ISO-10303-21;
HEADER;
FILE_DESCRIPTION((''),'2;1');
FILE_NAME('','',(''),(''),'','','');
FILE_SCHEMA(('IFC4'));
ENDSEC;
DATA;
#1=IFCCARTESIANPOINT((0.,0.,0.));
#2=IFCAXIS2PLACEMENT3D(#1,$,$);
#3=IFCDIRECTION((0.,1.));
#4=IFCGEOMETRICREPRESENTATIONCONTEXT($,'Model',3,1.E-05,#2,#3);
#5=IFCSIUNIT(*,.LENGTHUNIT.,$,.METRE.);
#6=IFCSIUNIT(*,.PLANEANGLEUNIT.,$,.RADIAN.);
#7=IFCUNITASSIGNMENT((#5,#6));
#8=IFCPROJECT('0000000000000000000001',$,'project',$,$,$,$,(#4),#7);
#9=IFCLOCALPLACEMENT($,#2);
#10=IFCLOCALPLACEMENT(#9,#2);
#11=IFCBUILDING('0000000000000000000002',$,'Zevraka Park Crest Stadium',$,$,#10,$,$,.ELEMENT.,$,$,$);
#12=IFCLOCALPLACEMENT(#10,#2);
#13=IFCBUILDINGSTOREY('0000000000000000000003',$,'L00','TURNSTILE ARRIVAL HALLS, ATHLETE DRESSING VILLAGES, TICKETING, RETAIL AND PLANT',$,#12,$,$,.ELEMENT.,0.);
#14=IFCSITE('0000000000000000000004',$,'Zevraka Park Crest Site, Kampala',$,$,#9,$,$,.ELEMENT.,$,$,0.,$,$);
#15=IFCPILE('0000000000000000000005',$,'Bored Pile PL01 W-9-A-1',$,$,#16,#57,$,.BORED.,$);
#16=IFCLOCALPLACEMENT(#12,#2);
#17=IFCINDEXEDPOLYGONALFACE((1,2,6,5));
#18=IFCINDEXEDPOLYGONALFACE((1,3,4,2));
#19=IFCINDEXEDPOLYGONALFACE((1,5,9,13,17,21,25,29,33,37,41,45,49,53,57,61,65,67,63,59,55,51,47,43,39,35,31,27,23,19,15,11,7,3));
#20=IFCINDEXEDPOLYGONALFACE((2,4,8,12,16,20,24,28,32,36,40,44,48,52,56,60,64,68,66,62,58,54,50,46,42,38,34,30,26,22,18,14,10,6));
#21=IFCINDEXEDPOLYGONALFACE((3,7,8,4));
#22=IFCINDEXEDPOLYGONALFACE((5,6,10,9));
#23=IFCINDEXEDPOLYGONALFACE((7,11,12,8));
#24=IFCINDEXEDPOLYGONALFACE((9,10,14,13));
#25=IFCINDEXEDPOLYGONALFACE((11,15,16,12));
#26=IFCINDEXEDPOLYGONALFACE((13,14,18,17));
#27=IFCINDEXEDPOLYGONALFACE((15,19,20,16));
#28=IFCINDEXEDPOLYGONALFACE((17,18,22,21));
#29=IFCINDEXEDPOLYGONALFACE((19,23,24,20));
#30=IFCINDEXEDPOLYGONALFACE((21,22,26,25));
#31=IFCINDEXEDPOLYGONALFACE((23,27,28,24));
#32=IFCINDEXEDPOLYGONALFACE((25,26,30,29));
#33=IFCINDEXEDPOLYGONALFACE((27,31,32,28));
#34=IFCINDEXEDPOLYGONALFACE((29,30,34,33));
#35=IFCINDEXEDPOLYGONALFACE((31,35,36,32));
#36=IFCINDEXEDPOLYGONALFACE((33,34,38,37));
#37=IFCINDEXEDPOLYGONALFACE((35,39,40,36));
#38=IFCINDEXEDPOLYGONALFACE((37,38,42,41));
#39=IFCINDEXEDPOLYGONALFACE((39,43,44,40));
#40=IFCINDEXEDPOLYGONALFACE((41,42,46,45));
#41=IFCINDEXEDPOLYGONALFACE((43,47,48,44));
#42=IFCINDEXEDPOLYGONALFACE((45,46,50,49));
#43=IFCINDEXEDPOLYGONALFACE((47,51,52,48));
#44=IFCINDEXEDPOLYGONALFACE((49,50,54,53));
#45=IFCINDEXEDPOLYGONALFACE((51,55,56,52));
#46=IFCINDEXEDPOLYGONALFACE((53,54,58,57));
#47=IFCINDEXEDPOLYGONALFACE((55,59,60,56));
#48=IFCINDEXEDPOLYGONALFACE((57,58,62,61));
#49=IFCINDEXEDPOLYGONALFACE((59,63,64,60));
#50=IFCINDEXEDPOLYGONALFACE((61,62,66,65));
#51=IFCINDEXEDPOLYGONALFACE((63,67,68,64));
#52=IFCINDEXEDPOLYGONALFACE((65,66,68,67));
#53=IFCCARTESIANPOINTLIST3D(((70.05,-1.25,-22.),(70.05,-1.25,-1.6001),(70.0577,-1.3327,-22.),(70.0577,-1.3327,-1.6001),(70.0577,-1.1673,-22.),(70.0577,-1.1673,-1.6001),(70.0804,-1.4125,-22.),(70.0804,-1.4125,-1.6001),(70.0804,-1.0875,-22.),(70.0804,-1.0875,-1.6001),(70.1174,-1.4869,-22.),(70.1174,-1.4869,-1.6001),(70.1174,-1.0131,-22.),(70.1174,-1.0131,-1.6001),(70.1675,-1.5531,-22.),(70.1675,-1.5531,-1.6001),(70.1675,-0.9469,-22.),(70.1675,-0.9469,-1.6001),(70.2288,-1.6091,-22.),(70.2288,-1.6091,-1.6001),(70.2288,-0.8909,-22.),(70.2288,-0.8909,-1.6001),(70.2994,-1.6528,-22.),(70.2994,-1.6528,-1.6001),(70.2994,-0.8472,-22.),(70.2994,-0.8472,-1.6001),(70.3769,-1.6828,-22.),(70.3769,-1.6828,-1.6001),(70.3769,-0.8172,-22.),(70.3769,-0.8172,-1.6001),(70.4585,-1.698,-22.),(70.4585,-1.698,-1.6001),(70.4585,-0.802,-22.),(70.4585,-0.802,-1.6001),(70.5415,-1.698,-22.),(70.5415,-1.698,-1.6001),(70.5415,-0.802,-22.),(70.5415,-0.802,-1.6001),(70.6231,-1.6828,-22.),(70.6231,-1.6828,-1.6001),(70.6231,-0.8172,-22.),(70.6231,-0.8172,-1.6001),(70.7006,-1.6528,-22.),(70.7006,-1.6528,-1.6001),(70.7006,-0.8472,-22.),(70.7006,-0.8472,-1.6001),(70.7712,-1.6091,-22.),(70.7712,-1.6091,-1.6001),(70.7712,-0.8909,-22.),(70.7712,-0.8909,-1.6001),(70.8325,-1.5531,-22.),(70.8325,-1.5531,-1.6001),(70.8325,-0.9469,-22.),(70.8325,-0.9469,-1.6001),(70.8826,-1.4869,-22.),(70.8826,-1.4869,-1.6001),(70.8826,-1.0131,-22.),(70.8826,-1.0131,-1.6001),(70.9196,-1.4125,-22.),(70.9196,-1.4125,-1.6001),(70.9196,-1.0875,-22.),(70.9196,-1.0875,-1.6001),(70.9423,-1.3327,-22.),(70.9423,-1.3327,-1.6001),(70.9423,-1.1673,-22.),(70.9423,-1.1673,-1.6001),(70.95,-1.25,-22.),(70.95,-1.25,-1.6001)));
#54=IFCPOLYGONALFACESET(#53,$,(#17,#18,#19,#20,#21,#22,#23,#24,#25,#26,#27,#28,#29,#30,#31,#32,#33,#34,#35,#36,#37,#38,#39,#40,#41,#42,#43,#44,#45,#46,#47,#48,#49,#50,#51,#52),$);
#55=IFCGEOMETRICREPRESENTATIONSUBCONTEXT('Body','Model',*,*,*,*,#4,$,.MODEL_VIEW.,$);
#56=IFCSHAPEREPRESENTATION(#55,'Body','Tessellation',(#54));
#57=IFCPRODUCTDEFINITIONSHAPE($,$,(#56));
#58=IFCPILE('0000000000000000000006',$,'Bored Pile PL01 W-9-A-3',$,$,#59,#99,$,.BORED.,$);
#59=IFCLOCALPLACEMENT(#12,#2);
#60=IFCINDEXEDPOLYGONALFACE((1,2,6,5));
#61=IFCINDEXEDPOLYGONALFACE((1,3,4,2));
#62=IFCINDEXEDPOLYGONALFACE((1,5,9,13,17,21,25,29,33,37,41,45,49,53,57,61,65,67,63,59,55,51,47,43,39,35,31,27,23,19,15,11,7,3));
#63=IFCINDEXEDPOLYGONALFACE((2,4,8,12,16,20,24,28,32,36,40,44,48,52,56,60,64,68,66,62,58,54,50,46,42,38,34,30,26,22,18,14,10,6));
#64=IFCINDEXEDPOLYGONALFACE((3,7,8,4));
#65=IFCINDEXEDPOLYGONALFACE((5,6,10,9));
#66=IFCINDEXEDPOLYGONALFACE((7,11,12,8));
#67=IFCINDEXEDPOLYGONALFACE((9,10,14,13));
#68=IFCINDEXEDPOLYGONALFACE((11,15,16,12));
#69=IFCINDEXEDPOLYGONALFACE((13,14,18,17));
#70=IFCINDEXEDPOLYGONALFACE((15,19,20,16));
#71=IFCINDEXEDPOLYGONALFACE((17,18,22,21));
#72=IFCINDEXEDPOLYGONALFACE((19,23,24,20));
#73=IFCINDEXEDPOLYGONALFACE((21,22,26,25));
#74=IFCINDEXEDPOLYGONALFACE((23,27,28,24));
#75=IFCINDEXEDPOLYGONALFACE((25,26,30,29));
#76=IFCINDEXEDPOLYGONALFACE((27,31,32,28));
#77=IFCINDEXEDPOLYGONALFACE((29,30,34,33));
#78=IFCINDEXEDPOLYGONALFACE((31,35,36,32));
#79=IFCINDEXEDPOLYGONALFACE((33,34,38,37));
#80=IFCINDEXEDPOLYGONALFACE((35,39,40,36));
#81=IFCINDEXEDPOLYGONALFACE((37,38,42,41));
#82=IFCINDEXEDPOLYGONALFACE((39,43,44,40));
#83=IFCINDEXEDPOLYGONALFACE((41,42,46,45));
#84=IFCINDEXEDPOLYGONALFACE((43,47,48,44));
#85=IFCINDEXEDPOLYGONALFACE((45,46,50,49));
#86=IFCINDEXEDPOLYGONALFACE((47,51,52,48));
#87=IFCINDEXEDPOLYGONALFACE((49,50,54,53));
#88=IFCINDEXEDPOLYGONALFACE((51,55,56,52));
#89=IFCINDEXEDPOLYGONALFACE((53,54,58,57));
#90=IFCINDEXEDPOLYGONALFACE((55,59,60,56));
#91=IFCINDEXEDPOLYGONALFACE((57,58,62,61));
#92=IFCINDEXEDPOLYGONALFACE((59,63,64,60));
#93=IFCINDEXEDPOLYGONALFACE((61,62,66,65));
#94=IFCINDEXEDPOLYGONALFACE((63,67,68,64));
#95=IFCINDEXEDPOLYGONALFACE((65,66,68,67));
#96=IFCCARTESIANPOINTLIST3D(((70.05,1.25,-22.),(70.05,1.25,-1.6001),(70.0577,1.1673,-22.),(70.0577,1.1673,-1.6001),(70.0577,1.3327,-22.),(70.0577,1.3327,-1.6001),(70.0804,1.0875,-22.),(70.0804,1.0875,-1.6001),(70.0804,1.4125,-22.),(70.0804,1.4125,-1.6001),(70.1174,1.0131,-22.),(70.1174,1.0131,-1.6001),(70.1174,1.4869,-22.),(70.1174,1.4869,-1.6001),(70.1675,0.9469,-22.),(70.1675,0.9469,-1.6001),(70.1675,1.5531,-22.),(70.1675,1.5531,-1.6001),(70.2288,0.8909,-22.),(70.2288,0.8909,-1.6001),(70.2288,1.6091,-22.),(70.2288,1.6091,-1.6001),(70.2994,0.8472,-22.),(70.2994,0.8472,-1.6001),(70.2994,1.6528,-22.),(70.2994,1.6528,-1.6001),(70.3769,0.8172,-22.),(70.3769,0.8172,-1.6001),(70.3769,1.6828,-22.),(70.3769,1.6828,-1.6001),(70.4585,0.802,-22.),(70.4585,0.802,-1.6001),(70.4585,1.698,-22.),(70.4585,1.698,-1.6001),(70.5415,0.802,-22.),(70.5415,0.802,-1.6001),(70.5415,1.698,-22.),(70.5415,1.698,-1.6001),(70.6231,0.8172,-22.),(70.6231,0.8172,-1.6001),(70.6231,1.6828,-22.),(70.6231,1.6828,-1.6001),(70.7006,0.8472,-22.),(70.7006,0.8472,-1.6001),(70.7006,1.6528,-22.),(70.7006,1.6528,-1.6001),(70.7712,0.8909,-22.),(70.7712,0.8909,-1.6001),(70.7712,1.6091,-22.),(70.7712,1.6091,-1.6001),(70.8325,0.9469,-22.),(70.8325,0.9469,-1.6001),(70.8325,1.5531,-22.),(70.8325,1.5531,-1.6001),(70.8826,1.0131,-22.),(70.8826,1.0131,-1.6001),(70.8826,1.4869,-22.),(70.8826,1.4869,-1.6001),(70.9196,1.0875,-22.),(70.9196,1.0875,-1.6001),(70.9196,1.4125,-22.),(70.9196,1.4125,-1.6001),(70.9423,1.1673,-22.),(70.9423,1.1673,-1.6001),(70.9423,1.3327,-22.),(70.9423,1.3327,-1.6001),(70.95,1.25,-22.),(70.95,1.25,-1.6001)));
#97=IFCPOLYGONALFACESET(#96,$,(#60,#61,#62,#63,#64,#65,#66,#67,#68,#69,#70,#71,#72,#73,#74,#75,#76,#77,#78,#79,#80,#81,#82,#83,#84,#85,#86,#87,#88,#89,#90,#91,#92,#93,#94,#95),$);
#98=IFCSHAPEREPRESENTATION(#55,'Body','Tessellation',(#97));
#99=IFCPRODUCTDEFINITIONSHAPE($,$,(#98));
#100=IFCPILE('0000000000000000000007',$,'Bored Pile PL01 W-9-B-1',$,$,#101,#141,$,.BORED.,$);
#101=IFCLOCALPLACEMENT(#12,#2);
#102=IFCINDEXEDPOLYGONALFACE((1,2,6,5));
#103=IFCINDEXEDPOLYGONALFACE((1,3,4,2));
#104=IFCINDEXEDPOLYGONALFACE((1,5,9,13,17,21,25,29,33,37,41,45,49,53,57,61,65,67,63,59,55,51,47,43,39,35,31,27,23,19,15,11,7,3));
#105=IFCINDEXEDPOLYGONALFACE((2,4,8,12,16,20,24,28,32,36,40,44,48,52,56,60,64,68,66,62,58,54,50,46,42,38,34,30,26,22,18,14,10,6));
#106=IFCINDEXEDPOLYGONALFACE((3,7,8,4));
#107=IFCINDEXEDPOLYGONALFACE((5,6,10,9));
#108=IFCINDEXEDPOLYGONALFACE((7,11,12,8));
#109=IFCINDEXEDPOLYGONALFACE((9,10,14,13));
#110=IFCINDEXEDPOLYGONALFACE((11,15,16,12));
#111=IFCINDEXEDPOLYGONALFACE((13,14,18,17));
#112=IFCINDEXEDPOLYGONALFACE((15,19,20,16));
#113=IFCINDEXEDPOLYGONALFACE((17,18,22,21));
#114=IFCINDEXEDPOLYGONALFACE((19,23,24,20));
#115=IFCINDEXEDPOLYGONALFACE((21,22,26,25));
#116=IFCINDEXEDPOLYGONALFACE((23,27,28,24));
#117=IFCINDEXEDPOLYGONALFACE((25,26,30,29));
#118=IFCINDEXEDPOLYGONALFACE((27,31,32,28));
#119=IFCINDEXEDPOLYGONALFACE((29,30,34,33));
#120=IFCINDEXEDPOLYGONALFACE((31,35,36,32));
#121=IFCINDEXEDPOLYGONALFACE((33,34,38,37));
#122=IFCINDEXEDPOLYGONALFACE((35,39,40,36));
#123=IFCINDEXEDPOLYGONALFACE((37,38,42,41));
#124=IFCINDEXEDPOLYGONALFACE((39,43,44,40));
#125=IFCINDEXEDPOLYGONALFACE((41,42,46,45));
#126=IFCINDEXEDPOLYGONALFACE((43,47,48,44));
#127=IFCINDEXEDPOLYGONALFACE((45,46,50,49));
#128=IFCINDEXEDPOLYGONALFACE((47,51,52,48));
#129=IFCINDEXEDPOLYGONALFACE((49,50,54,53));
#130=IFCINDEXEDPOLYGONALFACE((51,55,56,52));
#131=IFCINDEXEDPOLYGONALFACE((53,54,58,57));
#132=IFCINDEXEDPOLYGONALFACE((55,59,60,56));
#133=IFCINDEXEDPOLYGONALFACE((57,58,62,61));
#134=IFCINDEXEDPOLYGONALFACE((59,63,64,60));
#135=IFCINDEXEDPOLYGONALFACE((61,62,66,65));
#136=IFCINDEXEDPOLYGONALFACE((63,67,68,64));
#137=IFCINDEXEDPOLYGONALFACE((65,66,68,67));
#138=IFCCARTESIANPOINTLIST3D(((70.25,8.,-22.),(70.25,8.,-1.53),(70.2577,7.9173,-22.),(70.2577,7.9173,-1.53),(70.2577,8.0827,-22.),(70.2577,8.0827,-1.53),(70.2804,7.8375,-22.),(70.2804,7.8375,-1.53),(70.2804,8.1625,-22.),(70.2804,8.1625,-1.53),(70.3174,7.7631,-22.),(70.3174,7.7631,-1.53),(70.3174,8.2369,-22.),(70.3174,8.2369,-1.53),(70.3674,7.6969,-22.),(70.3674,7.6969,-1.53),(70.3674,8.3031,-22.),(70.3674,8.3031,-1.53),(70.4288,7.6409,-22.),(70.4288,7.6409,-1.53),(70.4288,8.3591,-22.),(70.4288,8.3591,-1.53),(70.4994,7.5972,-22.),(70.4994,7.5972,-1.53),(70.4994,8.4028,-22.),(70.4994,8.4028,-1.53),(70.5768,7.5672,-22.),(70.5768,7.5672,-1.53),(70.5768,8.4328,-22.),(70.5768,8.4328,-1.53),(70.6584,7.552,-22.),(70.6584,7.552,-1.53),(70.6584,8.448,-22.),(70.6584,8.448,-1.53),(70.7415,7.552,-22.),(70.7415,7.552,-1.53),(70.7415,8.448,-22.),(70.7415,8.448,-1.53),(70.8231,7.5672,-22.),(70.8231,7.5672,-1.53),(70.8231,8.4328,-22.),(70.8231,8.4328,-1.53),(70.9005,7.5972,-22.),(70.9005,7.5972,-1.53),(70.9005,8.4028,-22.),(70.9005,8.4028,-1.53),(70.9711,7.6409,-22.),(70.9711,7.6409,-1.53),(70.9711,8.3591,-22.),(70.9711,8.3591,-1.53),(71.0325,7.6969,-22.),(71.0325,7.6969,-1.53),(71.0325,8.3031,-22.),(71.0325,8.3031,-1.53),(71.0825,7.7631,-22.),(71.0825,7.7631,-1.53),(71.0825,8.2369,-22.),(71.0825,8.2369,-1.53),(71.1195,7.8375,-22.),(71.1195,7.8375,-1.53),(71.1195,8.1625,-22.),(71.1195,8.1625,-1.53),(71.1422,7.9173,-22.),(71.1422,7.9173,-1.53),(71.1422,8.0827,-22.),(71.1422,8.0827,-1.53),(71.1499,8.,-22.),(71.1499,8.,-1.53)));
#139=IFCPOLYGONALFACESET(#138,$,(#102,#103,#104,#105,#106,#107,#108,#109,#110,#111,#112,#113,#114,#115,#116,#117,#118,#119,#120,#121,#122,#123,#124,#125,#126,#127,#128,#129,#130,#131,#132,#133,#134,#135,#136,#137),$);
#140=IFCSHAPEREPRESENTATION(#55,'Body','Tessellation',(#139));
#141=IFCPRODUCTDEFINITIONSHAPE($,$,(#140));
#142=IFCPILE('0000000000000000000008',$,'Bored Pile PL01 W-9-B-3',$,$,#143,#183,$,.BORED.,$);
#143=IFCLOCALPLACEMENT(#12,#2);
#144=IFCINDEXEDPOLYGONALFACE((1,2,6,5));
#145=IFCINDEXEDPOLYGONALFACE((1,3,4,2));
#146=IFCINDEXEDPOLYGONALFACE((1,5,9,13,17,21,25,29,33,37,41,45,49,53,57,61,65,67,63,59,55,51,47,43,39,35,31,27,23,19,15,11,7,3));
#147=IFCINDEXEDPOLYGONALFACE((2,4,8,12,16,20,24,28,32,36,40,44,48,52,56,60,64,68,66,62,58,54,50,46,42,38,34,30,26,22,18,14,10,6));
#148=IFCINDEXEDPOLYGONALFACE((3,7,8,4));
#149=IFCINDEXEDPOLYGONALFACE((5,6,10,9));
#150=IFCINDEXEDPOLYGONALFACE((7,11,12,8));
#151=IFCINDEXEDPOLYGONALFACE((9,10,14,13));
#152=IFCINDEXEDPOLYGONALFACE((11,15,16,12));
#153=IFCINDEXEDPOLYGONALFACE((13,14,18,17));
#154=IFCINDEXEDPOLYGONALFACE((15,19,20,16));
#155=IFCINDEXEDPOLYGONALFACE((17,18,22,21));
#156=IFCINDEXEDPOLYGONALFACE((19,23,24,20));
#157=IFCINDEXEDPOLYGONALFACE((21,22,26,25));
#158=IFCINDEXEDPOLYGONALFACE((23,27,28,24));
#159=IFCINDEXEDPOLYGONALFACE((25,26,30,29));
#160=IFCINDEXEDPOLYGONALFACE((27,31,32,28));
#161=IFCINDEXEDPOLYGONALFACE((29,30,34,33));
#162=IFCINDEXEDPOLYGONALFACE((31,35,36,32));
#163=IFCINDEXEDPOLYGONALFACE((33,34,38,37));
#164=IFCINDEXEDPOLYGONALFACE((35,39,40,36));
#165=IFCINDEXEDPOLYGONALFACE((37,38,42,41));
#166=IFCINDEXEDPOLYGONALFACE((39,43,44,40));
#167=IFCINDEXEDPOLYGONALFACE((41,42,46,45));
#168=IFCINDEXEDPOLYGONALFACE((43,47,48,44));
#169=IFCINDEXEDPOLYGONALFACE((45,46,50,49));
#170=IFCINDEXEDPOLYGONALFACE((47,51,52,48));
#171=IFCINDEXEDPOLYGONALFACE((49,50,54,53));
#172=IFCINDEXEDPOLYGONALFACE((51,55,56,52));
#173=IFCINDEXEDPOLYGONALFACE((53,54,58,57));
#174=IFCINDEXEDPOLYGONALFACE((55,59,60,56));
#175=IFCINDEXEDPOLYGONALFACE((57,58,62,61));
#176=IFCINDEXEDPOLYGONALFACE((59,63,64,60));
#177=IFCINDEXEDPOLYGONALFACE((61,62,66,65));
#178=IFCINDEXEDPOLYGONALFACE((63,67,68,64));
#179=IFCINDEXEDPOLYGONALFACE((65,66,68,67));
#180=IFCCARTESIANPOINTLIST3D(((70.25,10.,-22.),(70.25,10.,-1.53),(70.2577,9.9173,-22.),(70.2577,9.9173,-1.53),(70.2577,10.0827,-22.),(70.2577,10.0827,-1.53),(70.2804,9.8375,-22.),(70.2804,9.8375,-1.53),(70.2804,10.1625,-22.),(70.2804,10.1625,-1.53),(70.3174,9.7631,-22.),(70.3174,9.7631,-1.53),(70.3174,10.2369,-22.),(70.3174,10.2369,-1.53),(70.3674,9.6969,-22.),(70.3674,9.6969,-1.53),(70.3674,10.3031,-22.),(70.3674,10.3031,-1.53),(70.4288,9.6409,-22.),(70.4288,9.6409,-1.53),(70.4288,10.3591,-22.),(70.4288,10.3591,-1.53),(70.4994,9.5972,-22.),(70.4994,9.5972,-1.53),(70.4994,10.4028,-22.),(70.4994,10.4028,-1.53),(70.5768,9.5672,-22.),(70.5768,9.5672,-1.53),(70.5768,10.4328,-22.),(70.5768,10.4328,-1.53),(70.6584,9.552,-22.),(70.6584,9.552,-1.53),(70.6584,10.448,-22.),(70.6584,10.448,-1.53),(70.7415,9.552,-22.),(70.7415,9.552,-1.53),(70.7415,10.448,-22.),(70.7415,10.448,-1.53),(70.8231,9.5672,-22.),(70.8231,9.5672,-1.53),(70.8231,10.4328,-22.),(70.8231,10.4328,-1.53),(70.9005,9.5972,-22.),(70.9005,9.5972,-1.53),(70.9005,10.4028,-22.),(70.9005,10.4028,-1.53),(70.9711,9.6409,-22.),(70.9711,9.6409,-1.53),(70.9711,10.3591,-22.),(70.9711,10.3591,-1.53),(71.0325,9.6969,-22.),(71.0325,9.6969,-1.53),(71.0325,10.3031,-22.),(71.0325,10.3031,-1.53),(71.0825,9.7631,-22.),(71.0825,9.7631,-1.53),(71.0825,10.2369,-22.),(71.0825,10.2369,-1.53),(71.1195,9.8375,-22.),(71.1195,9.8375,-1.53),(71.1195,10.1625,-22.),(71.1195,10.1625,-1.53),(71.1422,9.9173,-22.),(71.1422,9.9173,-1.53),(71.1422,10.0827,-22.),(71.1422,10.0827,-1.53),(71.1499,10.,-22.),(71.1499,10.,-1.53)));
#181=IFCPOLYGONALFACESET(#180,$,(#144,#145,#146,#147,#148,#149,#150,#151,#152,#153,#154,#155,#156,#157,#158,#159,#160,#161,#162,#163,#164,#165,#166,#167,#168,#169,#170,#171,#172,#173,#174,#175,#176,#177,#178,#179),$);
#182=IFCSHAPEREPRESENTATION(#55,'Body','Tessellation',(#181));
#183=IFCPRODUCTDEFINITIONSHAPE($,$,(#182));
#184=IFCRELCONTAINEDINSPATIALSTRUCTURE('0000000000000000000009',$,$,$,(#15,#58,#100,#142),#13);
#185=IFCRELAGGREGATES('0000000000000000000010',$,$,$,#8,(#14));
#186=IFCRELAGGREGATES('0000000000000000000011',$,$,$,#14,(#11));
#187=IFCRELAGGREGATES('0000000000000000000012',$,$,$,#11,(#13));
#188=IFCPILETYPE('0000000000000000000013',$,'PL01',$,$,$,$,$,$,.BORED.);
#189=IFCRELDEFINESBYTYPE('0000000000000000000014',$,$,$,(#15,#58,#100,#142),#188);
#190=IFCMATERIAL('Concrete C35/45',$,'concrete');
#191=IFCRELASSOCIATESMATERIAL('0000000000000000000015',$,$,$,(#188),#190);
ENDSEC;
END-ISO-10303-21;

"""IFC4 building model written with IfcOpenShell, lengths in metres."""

from ifc_helpers import new_model, si_unit, direction, frame, origin, origin_2d, place, context, subcontext, project, spatial, circle, extrude, material, material_profile, profile_set, type_object, element, save


model = new_model("IFC4")

# Units and contexts
model_context = context("Model", 3, precision=1e-05, world=origin(), true_north=direction((0.0, 1.0)))
body_context = subcontext(model_context, "Body", "Model", "MODEL_VIEW")
ifc_project = project(units=[si_unit("LENGTHUNIT", "METRE"), si_unit("PLANEANGLEUNIT", "RADIAN")], contexts=[model_context])

# Site, building, storey
site_placement = place(None, origin())
site = spatial("IfcSite", under=ifc_project, at=site_placement, Name="Zevraka Park Crest Site, Kampala", CompositionType="ELEMENT", RefElevation=0.0)
building_placement = place(site_placement, origin())
building = spatial("IfcBuilding", under=site, at=building_placement, Name="Zevraka Park Crest Stadium", CompositionType="ELEMENT")
storey_placement = place(building_placement, origin())
storey = spatial("IfcBuildingStorey", under=building, at=storey_placement, Name="L00", Description="TURNSTILE ARRIVAL HALLS, ATHLETE DRESSING VILLAGES, TICKETING, RETAIL AND PLANT", CompositionType="ELEMENT", Elevation=0.0)

# Piles
ifc_material_1 = material(Name="Concrete C35/45", Category="concrete")
ifc_material_profile_1 = material_profile(ifc_material_1, circle(Radius=0.45, at=origin_2d()), Name="PILE D900")
ifc_profile_set_1 = profile_set([ifc_material_profile_1], Name="Concrete C35/45")
pile_type_1 = type_object("IfcPileType", Name="PL01", PredefinedType="BORED", material=ifc_profile_set_1)
for number, where, z_axis, x_axis, name in (
    (1, (70.5, -1.25, -1.6001), (0.0, 0.0, -1.0), (1.0, 0.0, 0.0), "Bored Pile PL01 W-9-A-1"),
    (2, (70.5, 1.25, -1.6001), (0.0, 0.0, -1.0), (1.0, 0.0, 0.0), "Bored Pile PL01 W-9-A-3"),
):
    element("IfcPile", number, at=place(storey_placement, frame(where, z_axis=z_axis, x_axis=x_axis)), inside=storey, type_object=pile_type_1, Name=name, PredefinedType="BORED", context=body_context, shape_type="SweptSolid", body=[
        extrude(circle(Radius=0.45, at=origin_2d()), origin(), (0.0, 0.0, 1.0), 20.3999),
    ])
for number, where, z_axis, x_axis, name in (
    (3, (70.7, 8.0, -1.53), (0.0, 0.0, -1.0), (1.0, 0.0, 0.0), "Bored Pile PL01 W-9-B-1"),
    (4, (70.7, 10.0, -1.53), (0.0, 0.0, -1.0), (1.0, 0.0, 0.0), "Bored Pile PL01 W-9-B-3"),
):
    element("IfcPile", number, at=place(storey_placement, frame(where, z_axis=z_axis, x_axis=x_axis)), inside=storey, type_object=pile_type_1, Name=name, PredefinedType="BORED", context=body_context, shape_type="SweptSolid", body=[
        extrude(circle(Radius=0.45, at=origin_2d()), origin(), (0.0, 0.0, 1.0), 20.47),
    ])

save(model, "model.ifc")
